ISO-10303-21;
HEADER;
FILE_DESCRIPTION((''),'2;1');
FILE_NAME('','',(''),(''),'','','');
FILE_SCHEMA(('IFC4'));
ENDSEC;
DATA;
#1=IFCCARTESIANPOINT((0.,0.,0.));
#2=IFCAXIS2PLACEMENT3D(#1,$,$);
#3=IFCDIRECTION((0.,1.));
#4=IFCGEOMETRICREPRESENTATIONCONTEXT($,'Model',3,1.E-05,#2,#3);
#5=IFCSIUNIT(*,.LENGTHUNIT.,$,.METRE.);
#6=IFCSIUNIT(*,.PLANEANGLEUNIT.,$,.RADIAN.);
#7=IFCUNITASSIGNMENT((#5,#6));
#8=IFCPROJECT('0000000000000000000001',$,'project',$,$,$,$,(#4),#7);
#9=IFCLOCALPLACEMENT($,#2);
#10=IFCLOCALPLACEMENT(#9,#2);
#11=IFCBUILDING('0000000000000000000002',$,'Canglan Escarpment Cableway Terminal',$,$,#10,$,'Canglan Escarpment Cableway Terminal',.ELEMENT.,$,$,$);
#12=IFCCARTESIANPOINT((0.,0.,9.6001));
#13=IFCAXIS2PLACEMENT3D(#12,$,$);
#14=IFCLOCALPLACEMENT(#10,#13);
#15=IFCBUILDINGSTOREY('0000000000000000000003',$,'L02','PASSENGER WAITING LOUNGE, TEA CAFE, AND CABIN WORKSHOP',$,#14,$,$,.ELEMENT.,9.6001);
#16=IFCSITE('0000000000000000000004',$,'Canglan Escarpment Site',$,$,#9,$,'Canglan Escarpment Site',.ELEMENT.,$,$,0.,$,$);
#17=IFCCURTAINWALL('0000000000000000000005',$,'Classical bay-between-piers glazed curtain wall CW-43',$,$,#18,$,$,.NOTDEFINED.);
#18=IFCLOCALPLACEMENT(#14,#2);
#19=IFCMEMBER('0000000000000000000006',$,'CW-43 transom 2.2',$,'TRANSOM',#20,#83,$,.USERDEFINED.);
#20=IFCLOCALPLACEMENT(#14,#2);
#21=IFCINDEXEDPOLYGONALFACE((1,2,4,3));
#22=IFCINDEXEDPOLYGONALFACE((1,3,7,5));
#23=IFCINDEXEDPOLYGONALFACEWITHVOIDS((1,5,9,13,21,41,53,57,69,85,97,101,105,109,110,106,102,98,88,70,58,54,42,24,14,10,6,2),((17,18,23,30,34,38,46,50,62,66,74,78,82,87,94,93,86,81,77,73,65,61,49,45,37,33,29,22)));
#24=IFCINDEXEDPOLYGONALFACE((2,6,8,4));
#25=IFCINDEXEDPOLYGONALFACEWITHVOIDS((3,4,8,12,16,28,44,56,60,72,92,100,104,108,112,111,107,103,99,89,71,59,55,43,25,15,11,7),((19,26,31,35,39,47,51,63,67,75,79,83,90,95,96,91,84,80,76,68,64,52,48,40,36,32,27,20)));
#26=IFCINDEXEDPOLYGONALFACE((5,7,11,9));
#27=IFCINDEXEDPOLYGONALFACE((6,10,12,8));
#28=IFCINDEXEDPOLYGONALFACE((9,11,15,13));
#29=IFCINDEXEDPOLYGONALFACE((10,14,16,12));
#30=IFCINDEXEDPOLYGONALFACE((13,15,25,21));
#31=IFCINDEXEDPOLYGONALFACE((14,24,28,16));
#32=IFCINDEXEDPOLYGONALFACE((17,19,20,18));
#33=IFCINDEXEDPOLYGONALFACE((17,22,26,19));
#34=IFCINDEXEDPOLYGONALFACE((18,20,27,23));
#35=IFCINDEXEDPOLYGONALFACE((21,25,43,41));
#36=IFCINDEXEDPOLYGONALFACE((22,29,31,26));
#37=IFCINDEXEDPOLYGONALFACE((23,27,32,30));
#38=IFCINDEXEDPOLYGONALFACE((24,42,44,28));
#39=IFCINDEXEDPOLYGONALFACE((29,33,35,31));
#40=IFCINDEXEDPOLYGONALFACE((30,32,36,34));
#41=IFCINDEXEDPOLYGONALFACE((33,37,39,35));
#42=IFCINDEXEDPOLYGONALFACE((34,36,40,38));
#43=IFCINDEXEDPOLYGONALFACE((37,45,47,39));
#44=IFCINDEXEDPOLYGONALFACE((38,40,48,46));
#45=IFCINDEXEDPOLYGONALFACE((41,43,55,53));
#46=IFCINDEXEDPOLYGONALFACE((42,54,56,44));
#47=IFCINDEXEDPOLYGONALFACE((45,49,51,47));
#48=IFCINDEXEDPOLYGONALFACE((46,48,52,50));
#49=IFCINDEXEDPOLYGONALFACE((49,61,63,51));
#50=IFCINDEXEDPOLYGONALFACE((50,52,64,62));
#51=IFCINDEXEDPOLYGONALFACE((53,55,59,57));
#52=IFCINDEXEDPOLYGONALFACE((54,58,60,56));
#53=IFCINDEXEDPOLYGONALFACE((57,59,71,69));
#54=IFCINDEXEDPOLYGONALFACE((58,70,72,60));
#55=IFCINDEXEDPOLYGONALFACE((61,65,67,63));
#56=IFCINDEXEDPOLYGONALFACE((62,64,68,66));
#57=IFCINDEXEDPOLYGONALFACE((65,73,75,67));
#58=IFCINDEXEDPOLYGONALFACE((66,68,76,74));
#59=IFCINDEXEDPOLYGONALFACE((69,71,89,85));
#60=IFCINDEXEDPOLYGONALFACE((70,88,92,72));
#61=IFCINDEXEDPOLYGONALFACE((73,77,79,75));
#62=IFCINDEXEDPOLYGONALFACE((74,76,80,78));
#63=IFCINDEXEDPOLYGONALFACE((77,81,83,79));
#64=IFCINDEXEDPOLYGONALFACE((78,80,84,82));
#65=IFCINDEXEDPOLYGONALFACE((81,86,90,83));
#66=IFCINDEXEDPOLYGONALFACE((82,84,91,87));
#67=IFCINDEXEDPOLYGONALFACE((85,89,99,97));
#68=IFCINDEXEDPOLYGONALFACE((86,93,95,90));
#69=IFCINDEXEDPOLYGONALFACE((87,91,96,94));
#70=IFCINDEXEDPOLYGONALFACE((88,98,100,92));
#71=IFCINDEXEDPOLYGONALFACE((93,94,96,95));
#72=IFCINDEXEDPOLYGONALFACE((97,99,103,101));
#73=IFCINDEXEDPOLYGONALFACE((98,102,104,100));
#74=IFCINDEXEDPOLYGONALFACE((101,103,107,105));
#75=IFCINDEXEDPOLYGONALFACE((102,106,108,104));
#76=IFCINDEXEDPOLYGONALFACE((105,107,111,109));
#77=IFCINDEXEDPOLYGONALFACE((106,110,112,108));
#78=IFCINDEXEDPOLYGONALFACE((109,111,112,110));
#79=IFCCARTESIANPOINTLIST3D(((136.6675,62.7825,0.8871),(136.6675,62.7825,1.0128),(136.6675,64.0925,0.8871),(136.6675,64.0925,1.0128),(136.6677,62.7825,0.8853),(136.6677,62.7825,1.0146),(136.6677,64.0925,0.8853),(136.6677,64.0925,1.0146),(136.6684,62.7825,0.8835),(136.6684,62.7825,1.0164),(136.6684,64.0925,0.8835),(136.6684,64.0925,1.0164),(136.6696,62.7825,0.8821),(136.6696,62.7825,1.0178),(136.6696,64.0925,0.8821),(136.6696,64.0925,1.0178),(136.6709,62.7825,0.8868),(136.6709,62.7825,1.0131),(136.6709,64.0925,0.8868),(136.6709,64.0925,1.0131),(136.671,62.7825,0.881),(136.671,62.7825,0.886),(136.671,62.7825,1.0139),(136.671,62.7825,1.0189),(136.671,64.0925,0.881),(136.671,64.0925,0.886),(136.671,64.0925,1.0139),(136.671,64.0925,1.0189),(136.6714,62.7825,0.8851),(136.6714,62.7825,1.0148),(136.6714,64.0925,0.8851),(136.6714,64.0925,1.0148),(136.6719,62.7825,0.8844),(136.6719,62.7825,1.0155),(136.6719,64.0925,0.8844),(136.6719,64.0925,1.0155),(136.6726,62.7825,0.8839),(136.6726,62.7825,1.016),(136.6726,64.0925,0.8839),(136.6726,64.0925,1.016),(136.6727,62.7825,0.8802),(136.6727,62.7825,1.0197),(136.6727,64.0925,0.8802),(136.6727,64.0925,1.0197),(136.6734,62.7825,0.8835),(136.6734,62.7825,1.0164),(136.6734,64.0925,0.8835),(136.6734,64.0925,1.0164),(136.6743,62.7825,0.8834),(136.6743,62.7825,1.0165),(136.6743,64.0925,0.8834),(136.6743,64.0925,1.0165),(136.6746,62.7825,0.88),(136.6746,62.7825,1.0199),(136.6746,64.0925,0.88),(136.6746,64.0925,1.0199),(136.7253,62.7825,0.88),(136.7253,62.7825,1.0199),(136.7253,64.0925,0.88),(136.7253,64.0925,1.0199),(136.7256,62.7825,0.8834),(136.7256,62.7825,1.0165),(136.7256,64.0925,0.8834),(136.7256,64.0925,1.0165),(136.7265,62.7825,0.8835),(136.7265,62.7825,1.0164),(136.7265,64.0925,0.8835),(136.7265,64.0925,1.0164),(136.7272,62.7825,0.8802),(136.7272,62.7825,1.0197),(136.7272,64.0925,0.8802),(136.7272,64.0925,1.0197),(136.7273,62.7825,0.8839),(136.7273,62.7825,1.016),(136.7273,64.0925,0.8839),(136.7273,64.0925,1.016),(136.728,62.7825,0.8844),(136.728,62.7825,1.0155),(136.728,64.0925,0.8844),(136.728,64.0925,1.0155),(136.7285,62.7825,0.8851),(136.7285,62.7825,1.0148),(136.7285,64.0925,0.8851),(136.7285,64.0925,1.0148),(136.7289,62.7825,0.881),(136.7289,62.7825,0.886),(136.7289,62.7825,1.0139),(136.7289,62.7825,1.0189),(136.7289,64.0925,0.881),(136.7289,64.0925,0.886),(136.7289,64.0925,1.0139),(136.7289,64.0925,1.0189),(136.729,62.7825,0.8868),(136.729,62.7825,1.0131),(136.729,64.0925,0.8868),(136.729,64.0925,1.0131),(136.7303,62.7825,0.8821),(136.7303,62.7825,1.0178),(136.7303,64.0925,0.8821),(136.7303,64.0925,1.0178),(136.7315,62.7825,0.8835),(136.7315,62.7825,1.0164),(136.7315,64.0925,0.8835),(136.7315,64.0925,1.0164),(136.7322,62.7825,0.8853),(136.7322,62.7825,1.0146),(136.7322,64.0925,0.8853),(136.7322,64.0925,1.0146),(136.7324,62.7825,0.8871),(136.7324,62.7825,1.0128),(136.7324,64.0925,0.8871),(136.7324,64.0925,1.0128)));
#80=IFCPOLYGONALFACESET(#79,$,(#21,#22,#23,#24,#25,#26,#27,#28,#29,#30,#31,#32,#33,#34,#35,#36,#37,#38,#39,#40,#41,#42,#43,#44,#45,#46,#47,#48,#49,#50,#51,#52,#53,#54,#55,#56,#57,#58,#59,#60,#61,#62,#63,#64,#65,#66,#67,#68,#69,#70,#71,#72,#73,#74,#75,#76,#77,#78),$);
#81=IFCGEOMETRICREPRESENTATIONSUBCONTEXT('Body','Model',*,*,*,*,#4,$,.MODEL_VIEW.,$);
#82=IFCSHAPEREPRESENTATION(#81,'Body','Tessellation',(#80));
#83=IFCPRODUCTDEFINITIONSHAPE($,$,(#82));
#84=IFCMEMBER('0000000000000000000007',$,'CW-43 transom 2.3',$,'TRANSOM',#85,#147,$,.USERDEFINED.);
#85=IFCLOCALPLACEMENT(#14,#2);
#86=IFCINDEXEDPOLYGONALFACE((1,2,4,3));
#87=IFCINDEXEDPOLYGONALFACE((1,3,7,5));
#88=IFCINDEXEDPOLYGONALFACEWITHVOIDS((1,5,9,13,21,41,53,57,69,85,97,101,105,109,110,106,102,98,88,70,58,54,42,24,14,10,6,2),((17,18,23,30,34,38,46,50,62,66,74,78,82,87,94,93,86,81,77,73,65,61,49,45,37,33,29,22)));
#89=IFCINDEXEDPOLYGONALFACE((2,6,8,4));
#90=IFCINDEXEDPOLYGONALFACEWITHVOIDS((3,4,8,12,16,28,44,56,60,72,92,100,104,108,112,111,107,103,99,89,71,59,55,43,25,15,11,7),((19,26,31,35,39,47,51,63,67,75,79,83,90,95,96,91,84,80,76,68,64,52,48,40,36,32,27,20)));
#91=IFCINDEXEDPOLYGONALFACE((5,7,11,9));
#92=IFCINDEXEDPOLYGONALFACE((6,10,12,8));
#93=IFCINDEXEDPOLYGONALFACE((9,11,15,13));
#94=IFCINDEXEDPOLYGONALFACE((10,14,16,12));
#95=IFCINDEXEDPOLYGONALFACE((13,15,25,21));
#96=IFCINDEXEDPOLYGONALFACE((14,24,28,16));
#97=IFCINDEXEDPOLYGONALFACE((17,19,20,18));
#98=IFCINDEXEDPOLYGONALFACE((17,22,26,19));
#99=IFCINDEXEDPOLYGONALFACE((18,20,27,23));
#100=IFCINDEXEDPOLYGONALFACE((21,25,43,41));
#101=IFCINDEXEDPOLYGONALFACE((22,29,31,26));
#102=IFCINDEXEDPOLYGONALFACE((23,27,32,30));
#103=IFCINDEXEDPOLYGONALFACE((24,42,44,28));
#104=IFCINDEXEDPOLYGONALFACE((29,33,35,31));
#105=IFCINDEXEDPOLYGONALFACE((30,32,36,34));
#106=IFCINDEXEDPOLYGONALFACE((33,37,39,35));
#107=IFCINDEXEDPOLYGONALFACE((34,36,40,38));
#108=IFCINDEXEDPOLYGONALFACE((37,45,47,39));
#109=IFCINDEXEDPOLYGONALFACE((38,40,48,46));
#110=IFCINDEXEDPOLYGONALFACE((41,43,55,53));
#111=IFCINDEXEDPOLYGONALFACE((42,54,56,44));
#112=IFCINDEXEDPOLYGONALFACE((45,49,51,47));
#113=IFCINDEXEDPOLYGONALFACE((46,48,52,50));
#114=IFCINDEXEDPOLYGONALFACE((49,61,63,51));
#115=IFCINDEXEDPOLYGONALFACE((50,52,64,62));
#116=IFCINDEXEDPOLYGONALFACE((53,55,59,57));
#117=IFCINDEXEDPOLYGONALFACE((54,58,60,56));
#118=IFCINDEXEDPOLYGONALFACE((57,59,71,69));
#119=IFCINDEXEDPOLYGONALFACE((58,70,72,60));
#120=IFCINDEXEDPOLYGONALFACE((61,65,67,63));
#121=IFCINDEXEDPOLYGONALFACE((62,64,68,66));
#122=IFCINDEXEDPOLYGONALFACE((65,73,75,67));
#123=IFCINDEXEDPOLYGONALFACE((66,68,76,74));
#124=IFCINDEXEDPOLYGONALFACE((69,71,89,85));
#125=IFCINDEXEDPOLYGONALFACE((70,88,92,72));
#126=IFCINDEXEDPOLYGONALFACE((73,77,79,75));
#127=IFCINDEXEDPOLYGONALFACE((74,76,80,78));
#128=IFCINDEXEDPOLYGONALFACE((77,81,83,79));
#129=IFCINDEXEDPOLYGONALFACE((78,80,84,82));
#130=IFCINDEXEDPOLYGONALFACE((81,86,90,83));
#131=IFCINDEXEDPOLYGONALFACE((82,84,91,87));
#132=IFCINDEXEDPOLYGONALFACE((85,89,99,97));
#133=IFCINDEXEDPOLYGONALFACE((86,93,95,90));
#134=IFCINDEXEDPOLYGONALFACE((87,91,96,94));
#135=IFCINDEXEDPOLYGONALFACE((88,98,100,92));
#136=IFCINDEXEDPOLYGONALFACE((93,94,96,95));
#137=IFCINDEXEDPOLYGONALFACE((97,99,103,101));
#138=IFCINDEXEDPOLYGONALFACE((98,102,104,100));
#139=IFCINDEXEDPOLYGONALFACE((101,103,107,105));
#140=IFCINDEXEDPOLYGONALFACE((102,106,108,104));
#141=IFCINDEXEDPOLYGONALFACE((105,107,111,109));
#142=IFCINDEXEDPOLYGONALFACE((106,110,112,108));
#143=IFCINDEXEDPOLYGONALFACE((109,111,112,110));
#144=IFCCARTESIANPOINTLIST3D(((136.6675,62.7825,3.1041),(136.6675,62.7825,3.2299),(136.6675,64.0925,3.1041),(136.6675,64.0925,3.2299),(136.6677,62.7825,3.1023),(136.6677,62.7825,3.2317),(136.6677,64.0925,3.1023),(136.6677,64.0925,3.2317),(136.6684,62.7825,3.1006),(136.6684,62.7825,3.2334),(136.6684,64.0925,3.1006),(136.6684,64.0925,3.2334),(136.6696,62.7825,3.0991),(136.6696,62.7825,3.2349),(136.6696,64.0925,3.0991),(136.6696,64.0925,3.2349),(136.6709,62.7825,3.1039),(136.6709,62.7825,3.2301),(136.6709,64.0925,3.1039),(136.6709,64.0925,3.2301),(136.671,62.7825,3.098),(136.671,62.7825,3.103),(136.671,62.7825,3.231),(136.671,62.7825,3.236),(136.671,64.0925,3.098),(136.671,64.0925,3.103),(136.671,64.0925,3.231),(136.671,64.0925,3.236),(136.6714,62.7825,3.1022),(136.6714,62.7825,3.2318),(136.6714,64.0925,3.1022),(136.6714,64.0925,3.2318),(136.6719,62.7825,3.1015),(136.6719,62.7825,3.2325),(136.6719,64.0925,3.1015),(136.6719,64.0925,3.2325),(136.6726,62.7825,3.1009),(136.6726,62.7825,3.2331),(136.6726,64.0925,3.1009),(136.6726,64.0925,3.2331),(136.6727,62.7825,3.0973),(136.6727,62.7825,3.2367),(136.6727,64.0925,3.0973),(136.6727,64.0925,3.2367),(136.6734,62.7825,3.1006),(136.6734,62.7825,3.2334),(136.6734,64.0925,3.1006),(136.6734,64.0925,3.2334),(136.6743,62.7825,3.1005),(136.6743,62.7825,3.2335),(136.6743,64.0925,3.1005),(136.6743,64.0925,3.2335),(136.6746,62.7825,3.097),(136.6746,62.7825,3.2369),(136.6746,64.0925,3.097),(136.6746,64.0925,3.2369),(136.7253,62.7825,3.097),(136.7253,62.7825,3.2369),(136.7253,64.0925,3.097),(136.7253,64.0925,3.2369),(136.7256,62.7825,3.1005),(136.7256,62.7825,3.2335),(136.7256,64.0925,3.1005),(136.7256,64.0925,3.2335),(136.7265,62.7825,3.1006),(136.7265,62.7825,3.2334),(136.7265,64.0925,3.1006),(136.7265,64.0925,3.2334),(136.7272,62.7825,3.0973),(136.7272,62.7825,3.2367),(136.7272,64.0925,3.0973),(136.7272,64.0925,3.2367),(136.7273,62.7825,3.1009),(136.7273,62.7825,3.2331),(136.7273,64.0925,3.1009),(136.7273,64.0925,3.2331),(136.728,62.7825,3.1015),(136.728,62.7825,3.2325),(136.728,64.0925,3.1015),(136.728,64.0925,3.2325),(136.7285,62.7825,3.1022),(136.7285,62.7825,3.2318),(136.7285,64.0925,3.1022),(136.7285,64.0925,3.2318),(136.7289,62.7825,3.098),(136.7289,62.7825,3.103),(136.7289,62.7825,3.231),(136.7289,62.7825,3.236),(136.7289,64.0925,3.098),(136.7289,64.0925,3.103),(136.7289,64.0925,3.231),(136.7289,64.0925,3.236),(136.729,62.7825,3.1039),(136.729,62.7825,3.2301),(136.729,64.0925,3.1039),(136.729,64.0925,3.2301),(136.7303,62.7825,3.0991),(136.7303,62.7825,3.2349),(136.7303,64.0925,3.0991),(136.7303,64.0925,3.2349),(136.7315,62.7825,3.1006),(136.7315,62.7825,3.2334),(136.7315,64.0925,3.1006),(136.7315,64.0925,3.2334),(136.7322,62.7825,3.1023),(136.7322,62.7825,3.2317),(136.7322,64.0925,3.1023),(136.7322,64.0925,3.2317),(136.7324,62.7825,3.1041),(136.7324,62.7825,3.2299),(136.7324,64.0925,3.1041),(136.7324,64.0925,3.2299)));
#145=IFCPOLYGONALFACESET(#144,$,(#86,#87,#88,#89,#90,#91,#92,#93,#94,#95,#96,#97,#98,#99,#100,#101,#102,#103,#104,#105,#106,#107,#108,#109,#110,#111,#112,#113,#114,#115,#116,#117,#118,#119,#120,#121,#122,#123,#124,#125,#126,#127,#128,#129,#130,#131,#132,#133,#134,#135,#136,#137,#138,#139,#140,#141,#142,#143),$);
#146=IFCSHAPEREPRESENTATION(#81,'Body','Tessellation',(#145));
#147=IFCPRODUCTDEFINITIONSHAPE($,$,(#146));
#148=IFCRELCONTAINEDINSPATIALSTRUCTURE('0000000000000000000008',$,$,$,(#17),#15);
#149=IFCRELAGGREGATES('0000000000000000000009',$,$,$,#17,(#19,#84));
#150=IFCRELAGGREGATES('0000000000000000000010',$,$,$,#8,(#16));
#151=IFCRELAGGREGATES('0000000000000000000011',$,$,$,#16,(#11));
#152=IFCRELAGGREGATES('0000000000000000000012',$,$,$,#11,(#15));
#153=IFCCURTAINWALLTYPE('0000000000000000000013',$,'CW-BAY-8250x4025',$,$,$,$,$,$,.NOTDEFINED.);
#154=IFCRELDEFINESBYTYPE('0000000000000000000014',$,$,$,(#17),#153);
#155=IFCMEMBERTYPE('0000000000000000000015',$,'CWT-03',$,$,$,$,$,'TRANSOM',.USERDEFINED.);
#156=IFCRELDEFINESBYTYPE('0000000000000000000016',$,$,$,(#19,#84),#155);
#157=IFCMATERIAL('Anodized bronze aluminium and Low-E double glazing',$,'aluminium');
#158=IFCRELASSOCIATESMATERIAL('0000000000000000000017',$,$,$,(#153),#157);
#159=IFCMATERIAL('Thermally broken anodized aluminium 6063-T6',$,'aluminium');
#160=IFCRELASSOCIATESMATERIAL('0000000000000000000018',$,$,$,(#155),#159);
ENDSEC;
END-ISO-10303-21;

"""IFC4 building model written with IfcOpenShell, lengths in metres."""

from ifc_helpers import new_model, si_unit, direction, frame, origin, origin_2d, place, context, subcontext, project, spatial, hollow_rectangle, extrude, material, material_profile, profile_set, type_object, element, aggregate, save


model = new_model("IFC4")

# Units and contexts
model_context = context("Model", 3, precision=1e-05, world=origin(), true_north=direction((0.0, 1.0)))
body_context = subcontext(model_context, "Body", "Model", "MODEL_VIEW")
ifc_project = project(units=[si_unit("LENGTHUNIT", "METRE"), si_unit("PLANEANGLEUNIT", "RADIAN")], contexts=[model_context])

# Site, building, storey
site_placement = place(None, origin())
site = spatial("IfcSite", under=ifc_project, at=site_placement, Name="Canglan Escarpment Site", LongName="Canglan Escarpment Site", CompositionType="ELEMENT", RefElevation=0.0)
building_placement = place(site_placement, origin())
building = spatial("IfcBuilding", under=site, at=building_placement, Name="Canglan Escarpment Cableway Terminal", LongName="Canglan Escarpment Cableway Terminal", CompositionType="ELEMENT")
storey_placement = place(building_placement, frame((0.0, 0.0, 9.6001)))
storey = spatial("IfcBuildingStorey", under=building, at=storey_placement, Name="L02", Description="PASSENGER WAITING LOUNGE, TEA CAFE, AND CABIN WORKSHOP", CompositionType="ELEMENT", Elevation=9.6001)

# Curtain wall, members
ifc_material_1 = material(Name="Anodized bronze aluminium and Low-E double glazing", Category="aluminium")
curtain_wall_type = type_object("IfcCurtainWallType", Name="CW-BAY-8250x4025", PredefinedType="NOTDEFINED", material=ifc_material_1)
curtain_wall_placement = place(storey_placement, origin())
curtain_wall = element("IfcCurtainWall", 1, at=curtain_wall_placement, inside=storey, type_object=curtain_wall_type, Name="Classical bay-between-piers glazed curtain wall CW-43", PredefinedType="NOTDEFINED")
ifc_material_2 = material(Name="Thermally broken anodized aluminium 6063-T6", Category="aluminium")
ifc_material_profile_1 = material_profile(ifc_material_2, hollow_rectangle(XDim=0.0649, YDim=0.1399, WallThickness=0.0034, InnerFilletRadius=0.0034, OuterFilletRadius=0.0071, at=origin_2d()), Name="ALU-TRAN 65x140x3.5")
ifc_profile_set_1 = profile_set([ifc_material_profile_1], Name="Thermally broken anodized aluminium 6063-T6")
member_type_1 = type_object("IfcMemberType", Name="CWT-03", ElementType="TRANSOM", PredefinedType="USERDEFINED", material=ifc_profile_set_1)
member_1_placement = place(storey_placement, frame((136.7, 62.7825, 0.95), z_axis=(0.0, 1.0, 0.0), x_axis=(-1.0, 0.0, 0.0)))
member_1 = element("IfcMember", 2, at=member_1_placement, type_object=member_type_1, Name="CW-43 transom 2.2", ObjectType="TRANSOM", PredefinedType="USERDEFINED", context=body_context, shape_type="SweptSolid", body=[
    extrude(hollow_rectangle(XDim=0.0649, YDim=0.1399, WallThickness=0.0034, InnerFilletRadius=0.0034, OuterFilletRadius=0.0071, at=origin_2d()), origin(), (0.0, 0.0, 1.0), 1.3101),
])
member_2_placement = place(storey_placement, frame((136.7, 62.7825, 3.167), z_axis=(0.0, 1.0, 0.0), x_axis=(-1.0, 0.0, 0.0)))
member_2 = element("IfcMember", 3, at=member_2_placement, type_object=member_type_1, Name="CW-43 transom 2.3", ObjectType="TRANSOM", PredefinedType="USERDEFINED", context=body_context, shape_type="SweptSolid", body=[
    extrude(hollow_rectangle(XDim=0.0649, YDim=0.1399, WallThickness=0.0034, InnerFilletRadius=0.0034, OuterFilletRadius=0.0071, at=origin_2d()), origin(), (0.0, 0.0, 1.0), 1.3101),
])
aggregate(curtain_wall, [member_1, member_2])

save(model, "model.ifc")
